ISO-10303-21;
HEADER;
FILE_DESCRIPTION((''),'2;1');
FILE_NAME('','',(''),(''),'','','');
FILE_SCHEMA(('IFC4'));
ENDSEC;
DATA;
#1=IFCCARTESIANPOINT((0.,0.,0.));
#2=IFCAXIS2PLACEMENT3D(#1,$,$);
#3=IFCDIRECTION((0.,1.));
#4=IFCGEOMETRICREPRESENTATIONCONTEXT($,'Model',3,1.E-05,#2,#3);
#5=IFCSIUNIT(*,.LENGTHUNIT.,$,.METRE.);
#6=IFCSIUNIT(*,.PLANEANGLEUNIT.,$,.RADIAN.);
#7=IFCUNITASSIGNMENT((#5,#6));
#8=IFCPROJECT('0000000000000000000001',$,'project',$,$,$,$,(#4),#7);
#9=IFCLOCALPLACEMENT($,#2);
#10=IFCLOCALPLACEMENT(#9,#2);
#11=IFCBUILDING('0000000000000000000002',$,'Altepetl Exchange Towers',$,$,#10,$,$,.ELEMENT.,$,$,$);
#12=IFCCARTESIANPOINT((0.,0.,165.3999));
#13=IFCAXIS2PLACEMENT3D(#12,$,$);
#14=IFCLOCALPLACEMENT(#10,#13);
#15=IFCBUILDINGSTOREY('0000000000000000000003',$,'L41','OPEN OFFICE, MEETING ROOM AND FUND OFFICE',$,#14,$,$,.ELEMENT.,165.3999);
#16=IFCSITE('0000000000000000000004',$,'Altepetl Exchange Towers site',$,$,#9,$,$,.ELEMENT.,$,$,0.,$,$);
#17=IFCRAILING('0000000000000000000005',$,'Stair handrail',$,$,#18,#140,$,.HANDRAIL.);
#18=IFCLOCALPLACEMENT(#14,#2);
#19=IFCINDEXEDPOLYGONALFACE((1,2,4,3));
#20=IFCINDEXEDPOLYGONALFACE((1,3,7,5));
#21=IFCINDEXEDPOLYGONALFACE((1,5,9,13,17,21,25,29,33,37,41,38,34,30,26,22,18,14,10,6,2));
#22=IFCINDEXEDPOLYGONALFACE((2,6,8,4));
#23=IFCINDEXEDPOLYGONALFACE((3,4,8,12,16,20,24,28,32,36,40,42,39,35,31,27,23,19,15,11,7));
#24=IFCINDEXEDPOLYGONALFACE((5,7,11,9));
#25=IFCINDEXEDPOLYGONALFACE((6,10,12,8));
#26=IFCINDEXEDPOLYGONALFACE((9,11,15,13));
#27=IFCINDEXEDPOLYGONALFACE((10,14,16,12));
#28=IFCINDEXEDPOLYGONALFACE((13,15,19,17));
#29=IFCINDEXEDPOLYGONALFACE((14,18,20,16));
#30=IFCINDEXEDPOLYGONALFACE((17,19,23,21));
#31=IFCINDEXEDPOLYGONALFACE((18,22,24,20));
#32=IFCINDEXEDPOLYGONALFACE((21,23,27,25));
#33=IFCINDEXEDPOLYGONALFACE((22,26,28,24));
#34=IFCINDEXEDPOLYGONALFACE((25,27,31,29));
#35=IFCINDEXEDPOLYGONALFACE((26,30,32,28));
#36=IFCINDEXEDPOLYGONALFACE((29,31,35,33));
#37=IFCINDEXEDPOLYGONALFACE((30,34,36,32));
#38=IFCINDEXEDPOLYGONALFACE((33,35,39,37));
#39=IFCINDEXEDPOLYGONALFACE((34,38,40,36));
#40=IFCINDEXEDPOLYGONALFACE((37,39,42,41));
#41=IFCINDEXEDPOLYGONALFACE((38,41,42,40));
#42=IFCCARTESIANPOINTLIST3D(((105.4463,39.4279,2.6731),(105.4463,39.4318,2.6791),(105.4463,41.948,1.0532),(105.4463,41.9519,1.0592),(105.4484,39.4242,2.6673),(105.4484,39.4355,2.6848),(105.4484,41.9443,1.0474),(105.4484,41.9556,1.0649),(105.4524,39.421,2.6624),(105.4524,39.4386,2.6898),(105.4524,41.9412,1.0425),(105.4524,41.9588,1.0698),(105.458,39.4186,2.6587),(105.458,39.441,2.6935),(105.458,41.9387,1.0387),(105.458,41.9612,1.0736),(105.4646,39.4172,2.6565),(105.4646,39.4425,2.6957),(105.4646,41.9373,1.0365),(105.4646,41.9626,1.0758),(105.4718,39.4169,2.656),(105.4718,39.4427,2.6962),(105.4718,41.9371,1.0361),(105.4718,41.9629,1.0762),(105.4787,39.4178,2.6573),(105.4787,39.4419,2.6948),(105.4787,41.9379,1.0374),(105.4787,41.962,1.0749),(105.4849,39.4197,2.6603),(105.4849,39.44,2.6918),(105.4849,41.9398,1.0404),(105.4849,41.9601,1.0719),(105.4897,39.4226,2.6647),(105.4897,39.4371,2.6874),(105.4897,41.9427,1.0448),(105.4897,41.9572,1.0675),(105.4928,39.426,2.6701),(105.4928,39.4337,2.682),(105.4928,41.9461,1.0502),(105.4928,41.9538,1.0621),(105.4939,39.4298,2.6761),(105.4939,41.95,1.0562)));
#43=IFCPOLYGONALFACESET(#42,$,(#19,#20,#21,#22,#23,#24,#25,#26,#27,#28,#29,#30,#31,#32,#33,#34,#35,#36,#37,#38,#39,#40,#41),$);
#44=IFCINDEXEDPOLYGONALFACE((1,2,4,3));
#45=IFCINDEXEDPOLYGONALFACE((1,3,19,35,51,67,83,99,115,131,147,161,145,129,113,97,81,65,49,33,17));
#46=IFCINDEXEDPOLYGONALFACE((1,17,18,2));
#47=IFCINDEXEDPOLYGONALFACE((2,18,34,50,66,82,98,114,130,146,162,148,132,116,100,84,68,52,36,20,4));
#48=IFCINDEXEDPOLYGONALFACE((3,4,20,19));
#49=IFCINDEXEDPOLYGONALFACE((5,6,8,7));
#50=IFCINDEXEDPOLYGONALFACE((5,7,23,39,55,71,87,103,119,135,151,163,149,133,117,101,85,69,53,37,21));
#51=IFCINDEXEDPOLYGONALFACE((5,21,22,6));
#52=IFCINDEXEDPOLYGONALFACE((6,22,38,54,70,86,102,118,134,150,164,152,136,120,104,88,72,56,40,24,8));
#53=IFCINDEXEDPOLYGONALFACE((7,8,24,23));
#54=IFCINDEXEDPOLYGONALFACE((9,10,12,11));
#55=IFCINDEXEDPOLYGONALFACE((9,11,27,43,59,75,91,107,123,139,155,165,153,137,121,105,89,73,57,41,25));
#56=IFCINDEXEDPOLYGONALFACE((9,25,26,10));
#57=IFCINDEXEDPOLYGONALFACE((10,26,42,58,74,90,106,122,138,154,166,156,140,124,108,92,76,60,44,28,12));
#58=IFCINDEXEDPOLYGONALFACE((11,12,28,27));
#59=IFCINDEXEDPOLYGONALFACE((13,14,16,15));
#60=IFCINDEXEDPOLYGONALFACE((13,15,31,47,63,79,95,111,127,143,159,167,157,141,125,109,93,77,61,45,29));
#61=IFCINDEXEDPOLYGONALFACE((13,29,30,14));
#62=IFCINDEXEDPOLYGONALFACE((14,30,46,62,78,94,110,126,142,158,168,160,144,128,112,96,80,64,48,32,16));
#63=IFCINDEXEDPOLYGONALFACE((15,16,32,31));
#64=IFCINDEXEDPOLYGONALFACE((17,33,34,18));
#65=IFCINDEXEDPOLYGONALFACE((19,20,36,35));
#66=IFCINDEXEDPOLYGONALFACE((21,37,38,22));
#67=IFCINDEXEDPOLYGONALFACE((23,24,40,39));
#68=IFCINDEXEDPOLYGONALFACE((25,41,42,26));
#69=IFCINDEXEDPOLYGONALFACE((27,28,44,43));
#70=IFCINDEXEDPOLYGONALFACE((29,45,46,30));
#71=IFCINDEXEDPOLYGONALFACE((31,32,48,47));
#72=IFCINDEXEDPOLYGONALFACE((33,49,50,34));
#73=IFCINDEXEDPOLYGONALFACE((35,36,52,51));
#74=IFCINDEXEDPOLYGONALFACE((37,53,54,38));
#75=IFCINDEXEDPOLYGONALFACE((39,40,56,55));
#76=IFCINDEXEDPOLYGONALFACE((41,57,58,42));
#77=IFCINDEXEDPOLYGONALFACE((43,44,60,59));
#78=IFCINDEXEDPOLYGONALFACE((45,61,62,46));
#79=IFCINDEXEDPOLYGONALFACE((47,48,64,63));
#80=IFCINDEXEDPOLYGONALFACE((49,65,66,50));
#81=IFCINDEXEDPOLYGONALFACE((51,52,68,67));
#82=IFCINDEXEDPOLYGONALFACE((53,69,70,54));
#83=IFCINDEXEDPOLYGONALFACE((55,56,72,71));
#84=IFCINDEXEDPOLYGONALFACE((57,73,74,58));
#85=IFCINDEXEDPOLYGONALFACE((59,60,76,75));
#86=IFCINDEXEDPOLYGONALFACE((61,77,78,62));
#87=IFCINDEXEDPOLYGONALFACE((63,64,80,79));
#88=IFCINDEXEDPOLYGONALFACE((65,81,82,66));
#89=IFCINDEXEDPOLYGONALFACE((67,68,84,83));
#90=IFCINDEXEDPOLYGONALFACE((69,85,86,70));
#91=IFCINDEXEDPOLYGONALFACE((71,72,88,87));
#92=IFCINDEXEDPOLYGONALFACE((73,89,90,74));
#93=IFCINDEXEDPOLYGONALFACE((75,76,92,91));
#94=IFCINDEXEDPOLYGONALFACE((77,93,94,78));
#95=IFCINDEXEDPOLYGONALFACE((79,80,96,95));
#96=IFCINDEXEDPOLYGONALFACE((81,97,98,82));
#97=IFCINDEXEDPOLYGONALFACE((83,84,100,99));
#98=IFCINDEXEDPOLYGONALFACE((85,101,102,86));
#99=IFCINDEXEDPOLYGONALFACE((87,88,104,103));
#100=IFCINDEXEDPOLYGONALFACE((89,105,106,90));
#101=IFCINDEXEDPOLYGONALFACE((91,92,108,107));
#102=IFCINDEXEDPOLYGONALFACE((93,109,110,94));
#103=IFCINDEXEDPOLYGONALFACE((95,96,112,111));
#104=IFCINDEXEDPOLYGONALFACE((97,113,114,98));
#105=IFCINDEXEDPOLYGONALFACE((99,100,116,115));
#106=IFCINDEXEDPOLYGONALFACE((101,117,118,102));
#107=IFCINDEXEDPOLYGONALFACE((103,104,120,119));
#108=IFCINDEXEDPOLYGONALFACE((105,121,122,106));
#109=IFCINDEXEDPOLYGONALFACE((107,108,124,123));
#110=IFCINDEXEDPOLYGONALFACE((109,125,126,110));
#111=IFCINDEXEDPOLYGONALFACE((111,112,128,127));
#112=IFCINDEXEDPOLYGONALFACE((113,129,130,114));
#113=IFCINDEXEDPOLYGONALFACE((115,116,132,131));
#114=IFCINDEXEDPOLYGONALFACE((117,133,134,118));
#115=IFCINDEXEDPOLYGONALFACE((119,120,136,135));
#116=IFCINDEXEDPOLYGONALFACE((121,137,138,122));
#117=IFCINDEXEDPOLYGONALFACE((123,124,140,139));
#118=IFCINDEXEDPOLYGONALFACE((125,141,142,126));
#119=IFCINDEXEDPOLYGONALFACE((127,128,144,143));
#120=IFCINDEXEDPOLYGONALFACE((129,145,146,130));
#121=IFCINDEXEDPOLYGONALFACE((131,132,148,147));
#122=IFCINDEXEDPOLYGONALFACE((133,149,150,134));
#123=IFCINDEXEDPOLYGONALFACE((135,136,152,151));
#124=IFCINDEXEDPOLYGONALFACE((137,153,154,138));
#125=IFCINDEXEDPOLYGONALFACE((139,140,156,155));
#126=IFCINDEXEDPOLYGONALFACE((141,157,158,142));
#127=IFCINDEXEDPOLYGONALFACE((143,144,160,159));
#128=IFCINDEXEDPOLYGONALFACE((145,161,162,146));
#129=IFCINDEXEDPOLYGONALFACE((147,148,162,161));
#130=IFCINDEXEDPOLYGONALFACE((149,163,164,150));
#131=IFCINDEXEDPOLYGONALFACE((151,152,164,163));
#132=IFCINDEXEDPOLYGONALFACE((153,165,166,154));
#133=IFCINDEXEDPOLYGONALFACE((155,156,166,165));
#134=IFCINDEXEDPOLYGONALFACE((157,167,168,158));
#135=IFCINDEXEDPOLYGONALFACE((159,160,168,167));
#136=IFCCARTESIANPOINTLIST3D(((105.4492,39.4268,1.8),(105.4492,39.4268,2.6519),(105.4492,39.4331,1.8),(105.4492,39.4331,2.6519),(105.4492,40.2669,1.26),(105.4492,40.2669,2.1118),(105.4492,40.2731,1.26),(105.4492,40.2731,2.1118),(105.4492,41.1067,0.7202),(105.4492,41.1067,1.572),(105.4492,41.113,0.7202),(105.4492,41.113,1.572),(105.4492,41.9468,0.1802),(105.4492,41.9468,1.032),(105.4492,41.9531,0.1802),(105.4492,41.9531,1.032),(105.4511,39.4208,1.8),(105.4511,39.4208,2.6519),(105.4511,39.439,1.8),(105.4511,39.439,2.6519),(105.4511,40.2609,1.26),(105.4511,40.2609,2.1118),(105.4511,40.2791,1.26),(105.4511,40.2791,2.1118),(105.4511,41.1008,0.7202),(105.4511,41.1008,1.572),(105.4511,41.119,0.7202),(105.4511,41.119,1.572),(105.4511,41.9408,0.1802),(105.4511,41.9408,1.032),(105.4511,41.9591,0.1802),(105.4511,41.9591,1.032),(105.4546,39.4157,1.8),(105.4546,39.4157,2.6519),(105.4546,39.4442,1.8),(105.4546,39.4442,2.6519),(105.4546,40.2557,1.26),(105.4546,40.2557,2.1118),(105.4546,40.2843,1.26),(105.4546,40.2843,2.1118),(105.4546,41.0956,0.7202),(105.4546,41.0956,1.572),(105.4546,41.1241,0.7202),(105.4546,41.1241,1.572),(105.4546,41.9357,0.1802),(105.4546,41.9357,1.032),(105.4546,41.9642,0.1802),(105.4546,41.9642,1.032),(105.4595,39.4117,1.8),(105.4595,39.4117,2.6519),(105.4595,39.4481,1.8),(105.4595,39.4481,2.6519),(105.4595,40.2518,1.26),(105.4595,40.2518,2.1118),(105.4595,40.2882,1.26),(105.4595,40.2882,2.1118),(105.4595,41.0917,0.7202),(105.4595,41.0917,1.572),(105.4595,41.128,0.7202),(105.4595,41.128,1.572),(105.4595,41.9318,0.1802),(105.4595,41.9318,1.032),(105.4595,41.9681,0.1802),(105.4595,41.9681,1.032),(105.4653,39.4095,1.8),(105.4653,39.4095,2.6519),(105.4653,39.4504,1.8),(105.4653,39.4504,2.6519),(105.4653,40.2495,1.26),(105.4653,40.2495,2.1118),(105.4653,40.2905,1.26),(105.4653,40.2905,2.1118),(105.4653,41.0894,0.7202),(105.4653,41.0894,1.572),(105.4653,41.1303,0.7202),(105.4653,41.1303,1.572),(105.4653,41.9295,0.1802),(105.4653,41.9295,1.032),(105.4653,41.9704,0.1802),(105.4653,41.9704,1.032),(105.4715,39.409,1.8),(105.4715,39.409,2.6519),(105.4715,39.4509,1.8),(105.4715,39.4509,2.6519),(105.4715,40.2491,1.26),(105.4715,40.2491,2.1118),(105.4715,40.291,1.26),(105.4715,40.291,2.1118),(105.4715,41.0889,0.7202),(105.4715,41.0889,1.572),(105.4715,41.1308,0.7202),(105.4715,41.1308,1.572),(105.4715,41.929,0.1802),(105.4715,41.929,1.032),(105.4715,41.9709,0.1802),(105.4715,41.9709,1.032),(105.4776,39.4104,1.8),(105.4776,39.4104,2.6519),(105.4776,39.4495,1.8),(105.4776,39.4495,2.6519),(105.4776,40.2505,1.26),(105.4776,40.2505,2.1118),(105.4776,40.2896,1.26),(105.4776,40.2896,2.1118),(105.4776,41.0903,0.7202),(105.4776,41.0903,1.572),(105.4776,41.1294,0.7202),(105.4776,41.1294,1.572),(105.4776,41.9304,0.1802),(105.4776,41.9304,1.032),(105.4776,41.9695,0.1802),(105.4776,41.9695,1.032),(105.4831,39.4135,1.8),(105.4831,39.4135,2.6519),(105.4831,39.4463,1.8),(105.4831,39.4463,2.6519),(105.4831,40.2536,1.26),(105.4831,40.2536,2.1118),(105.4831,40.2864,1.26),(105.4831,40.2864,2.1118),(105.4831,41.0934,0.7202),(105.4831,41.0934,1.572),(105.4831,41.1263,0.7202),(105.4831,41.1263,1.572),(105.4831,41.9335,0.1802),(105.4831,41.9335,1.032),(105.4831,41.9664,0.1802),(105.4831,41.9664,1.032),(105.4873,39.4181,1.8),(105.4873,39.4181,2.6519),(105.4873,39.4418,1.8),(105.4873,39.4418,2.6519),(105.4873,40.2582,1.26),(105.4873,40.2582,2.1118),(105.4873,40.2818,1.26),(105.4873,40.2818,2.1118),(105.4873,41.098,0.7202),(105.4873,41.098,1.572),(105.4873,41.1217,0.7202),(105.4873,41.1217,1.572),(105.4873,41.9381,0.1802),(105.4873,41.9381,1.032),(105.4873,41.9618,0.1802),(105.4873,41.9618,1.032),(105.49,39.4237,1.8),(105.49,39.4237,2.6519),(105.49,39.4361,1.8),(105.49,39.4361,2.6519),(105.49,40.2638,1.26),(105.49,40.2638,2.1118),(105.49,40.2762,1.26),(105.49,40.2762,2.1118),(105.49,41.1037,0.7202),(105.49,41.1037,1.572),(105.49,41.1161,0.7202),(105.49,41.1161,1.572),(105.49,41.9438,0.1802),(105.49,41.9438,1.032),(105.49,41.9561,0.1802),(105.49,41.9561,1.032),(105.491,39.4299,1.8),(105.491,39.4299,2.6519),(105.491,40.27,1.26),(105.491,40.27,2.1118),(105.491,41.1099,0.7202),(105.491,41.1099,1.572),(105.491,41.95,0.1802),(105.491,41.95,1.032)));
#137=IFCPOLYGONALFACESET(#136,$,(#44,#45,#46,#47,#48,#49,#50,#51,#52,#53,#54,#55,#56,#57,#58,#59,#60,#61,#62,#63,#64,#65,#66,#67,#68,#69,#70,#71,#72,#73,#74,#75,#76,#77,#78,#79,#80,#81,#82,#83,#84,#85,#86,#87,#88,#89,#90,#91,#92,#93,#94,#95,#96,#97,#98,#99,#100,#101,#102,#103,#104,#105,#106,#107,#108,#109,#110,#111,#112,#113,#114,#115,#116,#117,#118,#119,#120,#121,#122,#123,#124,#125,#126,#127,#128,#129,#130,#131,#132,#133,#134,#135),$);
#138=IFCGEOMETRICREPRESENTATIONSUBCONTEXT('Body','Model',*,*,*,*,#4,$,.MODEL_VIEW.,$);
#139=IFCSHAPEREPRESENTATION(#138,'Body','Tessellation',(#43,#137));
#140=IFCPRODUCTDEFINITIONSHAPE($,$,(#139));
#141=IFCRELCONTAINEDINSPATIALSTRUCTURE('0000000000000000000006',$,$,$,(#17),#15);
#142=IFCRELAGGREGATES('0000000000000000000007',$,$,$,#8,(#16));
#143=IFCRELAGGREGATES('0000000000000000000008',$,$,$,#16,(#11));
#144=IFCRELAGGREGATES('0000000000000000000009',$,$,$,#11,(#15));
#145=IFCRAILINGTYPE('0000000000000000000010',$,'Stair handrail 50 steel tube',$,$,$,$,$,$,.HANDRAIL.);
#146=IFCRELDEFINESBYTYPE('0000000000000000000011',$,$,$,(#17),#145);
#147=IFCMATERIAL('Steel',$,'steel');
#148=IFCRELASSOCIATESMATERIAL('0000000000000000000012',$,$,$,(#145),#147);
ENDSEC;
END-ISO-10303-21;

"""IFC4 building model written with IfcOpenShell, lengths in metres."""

from ifc_helpers import new_model, si_unit, direction, frame, origin, origin_2d, place, context, subcontext, project, spatial, circle, extrude, source, transform, mapped, material, type_object, element, save


model = new_model("IFC4")

# Units and contexts
model_context = context("Model", 3, precision=1e-05, world=origin(), true_north=direction((0.0, 1.0)))
body_context = subcontext(model_context, "Body", "Model", "MODEL_VIEW")
ifc_project = project(units=[si_unit("LENGTHUNIT", "METRE"), si_unit("PLANEANGLEUNIT", "RADIAN")], contexts=[model_context])

# Site, building, storey
site_placement = place(None, origin())
site = spatial("IfcSite", under=ifc_project, at=site_placement, Name="Altepetl Exchange Towers site", CompositionType="ELEMENT", RefElevation=0.0)
building_placement = place(site_placement, origin())
building = spatial("IfcBuilding", under=site, at=building_placement, Name="Altepetl Exchange Towers", CompositionType="ELEMENT")
storey_placement = place(building_placement, frame((0.0, 0.0, 165.3999)))
storey = spatial("IfcBuildingStorey", under=building, at=storey_placement, Name="L41", Description="OPEN OFFICE, MEETING ROOM AND FUND OFFICE", CompositionType="ELEMENT", Elevation=165.3999)

# Railing
ifc_material_1 = material(Name="Steel", Category="steel")
railing_type = type_object("IfcRailingType", Name="Stair handrail 50 steel tube", PredefinedType="HANDRAIL", material=ifc_material_1)
shared_shape = source(origin(), body_context, "Body", "SweptSolid", [
    extrude(circle(Radius=0.021, at=origin_2d()), origin(), (0.0, 0.0, 1.0), 0.8518),
])
railing_1_placement = place(storey_placement, frame((105.47, 41.95, 0.1802)))
element("IfcRailing", 1, at=railing_1_placement, inside=storey, type_object=railing_type, Name="Stair handrail", PredefinedType="HANDRAIL", context=body_context, shape_type="SweptSolid", body=[
    extrude(circle(Radius=0.0239, at=origin_2d()), frame((0.0, 0.0, 0.876), z_axis=(0.0, -0.8412, 0.540725), x_axis=(1.0, 0.0, 0.0)), (0.0, 0.0, 1.0), 2.9958),
    mapped(shared_shape, transform((0.0, 0.0, 0.0))),
    mapped(shared_shape, transform((0.0, -0.8401, 0.54))),
    mapped(shared_shape, transform((0.0, -1.6799, 1.0798))),
    mapped(shared_shape, transform((0.0, -2.52, 1.6199))),
])

save(model, "model.ifc")
